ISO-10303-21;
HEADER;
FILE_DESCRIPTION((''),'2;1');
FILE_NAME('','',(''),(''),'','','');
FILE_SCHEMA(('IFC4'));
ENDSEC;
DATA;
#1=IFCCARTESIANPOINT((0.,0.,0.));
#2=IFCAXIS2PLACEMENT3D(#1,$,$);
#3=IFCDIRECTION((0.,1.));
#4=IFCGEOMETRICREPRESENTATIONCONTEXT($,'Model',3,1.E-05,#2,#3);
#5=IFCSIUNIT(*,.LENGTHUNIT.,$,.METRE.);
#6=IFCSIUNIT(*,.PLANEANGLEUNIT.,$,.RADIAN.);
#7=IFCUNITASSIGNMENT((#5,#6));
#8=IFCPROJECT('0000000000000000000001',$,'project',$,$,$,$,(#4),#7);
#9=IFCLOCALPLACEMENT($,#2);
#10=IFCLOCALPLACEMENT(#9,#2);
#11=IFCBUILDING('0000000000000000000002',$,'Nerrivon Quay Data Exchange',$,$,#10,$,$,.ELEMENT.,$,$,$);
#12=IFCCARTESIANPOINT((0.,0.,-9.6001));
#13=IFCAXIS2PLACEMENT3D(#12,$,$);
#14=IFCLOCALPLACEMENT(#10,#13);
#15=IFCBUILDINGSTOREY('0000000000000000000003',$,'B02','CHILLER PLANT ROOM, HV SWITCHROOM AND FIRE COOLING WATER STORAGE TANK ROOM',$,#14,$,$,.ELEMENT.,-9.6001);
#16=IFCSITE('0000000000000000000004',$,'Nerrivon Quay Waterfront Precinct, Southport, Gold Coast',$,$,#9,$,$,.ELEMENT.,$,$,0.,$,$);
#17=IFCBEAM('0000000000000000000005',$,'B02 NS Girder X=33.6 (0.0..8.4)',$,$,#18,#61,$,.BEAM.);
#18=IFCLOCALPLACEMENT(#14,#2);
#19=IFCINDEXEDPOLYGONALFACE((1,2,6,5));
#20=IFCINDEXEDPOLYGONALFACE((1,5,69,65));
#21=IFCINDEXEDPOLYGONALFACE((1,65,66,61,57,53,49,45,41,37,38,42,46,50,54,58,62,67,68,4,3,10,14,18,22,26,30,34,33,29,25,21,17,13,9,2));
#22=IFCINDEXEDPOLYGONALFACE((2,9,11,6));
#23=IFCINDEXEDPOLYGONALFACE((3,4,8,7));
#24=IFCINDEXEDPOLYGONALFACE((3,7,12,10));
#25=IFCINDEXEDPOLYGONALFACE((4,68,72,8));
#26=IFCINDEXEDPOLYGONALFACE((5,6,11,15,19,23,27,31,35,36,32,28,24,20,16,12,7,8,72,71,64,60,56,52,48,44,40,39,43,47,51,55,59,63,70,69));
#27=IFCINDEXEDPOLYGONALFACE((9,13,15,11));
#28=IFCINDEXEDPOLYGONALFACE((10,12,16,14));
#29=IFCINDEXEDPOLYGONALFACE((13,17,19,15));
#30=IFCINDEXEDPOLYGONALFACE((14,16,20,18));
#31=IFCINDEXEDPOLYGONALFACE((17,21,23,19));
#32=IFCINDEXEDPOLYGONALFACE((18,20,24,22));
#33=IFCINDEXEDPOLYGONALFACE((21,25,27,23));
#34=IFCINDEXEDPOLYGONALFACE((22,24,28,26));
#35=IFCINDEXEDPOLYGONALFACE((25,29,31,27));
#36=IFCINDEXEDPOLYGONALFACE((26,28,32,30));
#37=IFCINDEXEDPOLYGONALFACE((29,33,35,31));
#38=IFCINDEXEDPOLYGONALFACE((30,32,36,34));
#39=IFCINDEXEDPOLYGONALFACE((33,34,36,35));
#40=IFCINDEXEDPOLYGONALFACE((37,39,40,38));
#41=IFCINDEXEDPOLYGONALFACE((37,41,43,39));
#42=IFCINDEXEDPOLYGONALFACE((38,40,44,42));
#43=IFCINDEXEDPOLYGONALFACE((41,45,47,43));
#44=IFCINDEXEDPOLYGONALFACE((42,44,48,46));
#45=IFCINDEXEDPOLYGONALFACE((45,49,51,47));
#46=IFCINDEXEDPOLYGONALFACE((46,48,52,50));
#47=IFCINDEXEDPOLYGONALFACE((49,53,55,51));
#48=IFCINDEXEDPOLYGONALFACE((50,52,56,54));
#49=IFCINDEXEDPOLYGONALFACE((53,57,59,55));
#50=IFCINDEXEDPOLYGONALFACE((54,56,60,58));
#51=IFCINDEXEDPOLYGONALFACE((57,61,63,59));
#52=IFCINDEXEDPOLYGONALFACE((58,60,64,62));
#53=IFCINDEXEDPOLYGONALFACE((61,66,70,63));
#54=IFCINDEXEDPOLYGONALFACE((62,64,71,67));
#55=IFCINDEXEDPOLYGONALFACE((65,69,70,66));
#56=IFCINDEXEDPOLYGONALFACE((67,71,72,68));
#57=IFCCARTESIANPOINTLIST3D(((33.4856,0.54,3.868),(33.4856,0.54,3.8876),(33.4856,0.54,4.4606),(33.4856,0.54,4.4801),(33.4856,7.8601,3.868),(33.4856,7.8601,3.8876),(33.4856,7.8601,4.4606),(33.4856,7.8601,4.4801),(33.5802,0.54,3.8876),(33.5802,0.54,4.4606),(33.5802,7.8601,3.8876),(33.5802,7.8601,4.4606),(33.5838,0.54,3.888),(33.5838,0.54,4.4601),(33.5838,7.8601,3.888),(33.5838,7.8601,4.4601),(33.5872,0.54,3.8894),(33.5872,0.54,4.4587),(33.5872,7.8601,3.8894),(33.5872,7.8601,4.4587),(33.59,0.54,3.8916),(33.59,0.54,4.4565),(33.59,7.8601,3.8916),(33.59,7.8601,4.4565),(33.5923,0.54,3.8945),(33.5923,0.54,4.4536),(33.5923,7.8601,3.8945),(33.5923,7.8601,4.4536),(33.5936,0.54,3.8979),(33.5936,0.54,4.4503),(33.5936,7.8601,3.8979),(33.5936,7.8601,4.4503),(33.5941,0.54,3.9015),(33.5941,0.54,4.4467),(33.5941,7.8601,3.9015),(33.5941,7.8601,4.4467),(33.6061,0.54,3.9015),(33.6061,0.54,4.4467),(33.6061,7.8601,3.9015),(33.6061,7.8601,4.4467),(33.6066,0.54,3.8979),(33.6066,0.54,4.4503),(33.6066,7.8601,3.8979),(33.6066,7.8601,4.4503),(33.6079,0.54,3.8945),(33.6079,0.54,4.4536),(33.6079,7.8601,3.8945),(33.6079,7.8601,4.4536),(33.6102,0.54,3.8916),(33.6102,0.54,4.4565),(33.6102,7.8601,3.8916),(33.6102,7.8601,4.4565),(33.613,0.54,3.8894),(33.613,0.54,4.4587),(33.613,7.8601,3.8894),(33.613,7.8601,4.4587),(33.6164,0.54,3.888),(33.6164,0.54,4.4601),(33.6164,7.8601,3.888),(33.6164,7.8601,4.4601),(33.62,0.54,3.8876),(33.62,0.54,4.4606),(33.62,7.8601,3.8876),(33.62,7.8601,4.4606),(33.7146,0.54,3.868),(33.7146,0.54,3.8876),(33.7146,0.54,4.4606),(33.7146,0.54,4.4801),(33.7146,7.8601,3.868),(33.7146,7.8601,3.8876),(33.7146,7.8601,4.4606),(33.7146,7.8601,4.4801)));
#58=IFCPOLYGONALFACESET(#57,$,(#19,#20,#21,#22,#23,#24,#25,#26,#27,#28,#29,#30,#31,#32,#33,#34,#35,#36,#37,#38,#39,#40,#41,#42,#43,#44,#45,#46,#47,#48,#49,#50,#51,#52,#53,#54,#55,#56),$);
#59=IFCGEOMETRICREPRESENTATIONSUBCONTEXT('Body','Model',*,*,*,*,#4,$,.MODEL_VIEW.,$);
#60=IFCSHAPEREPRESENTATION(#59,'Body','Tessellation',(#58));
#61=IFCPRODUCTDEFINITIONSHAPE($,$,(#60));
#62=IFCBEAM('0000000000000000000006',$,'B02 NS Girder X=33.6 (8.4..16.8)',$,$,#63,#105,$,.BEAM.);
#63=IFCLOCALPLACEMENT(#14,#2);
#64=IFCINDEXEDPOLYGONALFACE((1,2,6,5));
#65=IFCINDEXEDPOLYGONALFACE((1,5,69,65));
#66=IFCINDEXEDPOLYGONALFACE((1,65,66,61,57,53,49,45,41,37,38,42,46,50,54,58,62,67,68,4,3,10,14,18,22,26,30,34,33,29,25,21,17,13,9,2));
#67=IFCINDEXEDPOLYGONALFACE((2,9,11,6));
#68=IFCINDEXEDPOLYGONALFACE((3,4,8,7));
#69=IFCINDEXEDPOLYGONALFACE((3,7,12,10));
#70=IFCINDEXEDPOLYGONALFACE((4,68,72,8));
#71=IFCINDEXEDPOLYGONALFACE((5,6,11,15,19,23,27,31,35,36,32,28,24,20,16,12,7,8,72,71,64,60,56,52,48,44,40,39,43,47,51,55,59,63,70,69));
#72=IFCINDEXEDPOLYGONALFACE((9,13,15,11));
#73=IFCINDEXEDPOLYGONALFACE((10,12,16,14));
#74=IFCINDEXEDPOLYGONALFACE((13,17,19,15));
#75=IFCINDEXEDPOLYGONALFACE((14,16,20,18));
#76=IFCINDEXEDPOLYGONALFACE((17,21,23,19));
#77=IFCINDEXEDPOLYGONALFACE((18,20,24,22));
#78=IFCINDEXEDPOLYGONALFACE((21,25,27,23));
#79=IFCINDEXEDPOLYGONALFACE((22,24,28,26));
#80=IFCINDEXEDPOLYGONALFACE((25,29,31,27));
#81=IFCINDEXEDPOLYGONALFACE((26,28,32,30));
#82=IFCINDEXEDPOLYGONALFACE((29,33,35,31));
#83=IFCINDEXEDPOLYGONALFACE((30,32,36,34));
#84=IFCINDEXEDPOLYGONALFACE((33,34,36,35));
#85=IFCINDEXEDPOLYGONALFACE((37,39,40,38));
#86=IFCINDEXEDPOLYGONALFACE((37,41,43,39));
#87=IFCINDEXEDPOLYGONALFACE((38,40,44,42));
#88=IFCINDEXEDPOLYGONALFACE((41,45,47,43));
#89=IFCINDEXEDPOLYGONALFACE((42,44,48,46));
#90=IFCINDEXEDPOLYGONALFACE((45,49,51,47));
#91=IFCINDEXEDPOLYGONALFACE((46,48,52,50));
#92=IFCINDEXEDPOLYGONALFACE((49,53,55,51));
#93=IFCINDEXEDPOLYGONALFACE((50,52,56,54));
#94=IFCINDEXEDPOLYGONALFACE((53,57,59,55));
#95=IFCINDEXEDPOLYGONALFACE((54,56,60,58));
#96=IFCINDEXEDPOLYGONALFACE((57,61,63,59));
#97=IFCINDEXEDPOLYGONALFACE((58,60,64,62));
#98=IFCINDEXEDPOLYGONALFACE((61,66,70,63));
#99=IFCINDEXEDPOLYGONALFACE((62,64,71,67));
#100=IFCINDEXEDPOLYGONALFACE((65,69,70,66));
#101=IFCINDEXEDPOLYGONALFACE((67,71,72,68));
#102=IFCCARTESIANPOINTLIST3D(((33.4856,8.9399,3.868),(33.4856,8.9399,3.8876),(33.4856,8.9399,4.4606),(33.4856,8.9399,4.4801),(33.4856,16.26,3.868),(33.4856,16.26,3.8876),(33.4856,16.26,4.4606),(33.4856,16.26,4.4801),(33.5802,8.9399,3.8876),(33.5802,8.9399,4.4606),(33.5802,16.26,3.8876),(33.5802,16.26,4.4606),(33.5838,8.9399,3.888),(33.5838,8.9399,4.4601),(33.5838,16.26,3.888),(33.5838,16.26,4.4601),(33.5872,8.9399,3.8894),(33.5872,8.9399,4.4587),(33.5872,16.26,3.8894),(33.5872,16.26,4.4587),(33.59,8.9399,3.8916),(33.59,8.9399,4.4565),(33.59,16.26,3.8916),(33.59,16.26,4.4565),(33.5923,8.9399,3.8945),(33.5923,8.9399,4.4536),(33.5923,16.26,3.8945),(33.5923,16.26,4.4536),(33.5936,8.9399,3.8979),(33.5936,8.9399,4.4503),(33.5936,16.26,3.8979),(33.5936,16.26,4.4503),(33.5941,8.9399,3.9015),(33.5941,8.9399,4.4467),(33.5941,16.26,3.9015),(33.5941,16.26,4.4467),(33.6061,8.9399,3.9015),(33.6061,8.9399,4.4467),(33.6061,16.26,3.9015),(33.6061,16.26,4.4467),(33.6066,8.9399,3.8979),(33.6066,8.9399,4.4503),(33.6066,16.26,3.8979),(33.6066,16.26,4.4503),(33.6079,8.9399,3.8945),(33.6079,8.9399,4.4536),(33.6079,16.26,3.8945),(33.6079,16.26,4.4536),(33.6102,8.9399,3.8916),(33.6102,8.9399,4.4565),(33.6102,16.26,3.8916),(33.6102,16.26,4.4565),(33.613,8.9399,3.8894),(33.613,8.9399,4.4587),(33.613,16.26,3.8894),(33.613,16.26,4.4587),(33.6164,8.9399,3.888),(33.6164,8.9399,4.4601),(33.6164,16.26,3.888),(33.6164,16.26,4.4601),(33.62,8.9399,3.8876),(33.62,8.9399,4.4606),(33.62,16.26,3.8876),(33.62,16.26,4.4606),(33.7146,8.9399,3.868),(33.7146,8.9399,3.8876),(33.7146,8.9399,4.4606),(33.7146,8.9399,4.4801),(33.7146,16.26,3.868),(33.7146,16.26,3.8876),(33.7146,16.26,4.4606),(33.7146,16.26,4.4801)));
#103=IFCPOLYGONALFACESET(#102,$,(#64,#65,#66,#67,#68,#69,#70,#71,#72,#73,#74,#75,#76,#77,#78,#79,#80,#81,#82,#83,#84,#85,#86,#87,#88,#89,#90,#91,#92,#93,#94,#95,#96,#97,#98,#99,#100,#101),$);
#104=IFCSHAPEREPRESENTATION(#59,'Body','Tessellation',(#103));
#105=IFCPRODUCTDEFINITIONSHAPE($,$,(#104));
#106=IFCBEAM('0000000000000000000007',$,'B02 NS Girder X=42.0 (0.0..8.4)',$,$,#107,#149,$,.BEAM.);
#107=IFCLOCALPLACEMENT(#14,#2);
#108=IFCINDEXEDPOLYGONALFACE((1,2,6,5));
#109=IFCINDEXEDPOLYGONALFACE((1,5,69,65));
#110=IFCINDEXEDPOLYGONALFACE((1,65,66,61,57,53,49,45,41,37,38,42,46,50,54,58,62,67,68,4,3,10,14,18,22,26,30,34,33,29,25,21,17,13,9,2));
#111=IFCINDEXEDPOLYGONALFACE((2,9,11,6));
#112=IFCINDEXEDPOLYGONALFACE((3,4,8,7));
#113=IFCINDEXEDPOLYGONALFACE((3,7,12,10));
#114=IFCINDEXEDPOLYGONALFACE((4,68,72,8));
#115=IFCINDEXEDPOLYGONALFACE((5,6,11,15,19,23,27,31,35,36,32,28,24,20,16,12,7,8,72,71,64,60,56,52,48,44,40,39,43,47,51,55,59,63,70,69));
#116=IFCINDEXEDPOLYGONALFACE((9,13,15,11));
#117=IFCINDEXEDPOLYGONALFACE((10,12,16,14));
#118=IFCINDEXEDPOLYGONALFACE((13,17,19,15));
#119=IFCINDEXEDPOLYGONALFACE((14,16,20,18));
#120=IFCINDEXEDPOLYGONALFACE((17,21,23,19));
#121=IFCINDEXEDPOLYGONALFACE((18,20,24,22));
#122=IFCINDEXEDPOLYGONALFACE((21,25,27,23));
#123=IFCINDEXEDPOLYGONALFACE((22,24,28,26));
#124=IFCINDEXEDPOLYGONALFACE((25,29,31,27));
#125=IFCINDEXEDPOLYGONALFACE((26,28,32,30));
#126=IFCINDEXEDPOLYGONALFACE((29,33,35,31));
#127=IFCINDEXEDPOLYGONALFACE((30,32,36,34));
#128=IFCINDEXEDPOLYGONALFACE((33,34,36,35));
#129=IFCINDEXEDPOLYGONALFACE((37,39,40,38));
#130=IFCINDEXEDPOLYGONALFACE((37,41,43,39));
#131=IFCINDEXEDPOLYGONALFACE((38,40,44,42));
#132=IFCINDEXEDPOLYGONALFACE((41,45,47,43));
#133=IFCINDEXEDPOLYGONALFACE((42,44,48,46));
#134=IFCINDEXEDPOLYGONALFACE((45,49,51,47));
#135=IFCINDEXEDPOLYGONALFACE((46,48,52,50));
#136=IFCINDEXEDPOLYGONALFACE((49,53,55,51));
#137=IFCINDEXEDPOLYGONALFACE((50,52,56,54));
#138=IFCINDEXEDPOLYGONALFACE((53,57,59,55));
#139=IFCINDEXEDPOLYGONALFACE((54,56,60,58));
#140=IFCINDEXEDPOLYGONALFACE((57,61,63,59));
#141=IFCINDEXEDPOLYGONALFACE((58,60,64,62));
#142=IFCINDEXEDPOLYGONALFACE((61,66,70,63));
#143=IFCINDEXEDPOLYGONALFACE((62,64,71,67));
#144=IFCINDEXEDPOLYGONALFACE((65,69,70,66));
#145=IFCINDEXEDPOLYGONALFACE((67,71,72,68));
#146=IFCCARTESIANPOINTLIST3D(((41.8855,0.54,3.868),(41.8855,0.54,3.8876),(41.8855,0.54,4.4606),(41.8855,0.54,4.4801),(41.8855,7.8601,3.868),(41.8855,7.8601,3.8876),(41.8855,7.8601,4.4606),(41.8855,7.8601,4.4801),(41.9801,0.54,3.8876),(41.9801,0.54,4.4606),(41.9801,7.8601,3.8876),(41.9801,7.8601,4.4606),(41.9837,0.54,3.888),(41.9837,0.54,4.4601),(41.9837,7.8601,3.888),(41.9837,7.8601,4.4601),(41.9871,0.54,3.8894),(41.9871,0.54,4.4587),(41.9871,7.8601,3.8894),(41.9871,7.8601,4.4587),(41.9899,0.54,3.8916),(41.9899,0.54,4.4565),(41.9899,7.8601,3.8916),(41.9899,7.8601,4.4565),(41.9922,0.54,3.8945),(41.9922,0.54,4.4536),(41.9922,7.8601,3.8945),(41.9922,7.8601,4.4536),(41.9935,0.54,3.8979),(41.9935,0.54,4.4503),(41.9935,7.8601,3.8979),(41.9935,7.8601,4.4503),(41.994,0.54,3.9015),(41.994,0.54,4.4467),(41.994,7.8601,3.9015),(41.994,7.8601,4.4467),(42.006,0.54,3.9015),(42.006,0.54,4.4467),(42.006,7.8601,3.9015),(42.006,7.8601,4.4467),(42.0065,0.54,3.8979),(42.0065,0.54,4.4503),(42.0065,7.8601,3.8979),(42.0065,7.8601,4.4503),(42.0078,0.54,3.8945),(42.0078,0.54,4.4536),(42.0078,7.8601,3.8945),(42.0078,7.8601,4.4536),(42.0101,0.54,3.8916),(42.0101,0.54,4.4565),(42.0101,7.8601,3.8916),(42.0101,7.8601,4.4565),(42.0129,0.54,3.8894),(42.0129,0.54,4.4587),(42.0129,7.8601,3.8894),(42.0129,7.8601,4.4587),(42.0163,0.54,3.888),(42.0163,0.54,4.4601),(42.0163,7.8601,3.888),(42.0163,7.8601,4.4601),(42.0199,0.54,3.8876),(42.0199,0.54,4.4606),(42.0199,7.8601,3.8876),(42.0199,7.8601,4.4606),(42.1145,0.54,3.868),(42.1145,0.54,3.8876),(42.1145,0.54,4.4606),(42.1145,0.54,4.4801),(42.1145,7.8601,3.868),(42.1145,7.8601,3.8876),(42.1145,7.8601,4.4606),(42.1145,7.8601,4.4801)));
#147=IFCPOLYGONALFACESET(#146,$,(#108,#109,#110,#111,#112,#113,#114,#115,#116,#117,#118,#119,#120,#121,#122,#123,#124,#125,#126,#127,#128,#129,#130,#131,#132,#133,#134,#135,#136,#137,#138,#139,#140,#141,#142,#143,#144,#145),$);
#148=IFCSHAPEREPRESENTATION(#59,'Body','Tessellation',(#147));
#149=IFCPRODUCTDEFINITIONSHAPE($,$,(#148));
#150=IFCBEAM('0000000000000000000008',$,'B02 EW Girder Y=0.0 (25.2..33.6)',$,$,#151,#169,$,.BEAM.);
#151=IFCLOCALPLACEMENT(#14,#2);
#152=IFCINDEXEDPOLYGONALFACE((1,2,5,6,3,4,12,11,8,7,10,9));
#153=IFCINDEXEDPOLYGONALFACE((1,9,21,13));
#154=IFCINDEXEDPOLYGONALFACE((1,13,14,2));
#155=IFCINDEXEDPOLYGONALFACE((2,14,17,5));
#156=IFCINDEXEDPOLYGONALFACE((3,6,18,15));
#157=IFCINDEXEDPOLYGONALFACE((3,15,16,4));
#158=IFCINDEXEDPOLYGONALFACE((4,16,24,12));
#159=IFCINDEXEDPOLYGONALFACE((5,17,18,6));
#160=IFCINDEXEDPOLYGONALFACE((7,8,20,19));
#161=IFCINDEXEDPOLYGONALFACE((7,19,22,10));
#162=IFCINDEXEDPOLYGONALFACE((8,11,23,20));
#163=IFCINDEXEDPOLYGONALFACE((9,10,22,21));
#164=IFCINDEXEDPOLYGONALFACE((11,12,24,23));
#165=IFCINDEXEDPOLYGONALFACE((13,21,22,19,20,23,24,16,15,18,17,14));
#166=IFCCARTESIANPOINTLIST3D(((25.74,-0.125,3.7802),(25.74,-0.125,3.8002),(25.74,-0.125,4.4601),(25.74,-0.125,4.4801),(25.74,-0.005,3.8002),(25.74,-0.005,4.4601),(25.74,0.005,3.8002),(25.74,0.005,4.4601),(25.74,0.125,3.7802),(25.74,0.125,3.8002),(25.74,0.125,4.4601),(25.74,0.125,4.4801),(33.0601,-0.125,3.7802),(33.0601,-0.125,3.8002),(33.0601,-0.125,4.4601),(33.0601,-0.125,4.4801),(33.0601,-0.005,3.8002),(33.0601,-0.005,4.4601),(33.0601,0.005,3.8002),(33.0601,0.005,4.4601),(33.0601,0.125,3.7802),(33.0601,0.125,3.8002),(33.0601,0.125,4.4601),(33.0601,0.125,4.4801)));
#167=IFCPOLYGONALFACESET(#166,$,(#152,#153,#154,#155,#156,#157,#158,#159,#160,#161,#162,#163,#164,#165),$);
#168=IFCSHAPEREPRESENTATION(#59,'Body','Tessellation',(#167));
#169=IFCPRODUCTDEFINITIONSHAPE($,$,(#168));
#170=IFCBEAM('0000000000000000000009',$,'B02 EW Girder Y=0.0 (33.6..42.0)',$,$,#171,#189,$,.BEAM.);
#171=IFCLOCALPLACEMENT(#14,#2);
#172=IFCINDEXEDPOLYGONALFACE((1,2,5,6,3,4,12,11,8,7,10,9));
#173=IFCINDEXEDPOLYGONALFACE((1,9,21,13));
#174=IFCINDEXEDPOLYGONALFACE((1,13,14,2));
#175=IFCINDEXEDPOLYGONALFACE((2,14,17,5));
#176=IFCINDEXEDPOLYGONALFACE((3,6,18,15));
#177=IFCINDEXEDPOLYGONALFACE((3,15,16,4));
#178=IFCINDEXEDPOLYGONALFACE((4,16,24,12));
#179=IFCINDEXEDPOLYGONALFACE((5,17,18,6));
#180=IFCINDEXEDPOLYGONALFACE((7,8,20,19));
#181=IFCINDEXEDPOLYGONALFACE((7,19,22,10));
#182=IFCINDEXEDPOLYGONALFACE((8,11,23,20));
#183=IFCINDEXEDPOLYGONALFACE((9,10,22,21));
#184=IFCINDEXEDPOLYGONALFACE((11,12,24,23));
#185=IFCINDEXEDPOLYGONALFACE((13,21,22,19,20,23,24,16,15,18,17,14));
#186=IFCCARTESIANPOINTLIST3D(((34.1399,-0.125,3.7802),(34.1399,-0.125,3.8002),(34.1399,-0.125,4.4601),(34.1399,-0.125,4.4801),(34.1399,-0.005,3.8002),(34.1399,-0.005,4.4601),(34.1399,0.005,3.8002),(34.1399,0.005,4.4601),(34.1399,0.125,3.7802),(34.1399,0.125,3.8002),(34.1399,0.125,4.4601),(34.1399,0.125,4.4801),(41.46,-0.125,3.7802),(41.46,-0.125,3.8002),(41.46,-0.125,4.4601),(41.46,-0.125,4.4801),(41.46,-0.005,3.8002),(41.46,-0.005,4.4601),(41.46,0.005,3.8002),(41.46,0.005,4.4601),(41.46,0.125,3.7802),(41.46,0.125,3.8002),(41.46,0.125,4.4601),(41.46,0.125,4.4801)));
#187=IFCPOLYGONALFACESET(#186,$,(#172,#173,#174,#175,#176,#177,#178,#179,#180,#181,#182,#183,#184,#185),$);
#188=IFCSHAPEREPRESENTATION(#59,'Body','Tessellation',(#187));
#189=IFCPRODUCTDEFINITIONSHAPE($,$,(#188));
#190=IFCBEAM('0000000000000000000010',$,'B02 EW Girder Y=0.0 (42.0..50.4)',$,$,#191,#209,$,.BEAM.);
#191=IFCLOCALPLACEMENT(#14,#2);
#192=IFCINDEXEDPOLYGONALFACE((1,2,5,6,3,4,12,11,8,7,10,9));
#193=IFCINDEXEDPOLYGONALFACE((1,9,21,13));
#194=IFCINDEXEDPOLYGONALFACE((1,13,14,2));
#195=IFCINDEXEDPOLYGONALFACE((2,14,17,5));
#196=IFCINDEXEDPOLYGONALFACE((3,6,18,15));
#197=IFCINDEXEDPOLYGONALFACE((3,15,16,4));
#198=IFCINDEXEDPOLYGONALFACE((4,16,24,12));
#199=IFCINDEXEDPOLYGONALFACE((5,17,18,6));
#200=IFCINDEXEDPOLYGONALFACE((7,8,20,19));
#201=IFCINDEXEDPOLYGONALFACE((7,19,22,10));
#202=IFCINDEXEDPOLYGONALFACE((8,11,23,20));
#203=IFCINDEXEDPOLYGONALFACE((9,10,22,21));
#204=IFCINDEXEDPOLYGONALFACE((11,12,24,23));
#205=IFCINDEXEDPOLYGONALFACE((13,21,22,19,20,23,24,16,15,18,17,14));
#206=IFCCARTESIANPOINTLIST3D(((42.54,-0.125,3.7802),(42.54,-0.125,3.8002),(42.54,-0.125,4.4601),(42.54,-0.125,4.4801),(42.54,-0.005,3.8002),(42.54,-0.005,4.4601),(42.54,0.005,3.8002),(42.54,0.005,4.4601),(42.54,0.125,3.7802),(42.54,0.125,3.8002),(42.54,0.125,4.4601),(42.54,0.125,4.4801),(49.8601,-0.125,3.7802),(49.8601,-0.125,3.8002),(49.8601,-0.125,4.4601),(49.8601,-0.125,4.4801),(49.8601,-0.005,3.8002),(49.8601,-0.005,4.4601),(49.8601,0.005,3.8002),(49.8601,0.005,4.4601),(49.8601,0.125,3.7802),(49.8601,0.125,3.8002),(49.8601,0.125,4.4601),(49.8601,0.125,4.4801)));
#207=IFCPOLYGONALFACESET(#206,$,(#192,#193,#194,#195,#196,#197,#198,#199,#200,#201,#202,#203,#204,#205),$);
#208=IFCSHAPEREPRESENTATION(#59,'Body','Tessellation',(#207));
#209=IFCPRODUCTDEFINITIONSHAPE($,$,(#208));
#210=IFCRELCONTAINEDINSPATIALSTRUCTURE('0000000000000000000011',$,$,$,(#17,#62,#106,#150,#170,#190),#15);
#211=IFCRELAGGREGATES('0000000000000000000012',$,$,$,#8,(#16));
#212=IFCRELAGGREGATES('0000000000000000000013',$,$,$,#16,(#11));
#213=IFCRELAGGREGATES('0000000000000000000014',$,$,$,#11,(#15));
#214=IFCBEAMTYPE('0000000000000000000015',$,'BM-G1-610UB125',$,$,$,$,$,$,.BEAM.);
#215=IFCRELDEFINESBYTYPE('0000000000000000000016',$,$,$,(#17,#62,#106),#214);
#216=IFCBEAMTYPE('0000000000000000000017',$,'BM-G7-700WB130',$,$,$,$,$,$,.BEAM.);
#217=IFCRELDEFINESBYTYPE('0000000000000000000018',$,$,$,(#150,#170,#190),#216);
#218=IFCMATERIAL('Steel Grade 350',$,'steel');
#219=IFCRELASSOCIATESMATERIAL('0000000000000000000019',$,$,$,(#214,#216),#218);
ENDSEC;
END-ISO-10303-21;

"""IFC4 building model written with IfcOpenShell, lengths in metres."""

from ifc_helpers import new_model, si_unit, direction, frame, origin, origin_2d, place, context, subcontext, project, spatial, i_section, extrude, material, material_profile, profile_set, type_object, element, save


model = new_model("IFC4")

# Units and contexts
model_context = context("Model", 3, precision=1e-05, world=origin(), true_north=direction((0.0, 1.0)))
body_context = subcontext(model_context, "Body", "Model", "MODEL_VIEW")
ifc_project = project(units=[si_unit("LENGTHUNIT", "METRE"), si_unit("PLANEANGLEUNIT", "RADIAN")], contexts=[model_context])

# Site, building, storey
site_placement = place(None, origin())
site = spatial("IfcSite", under=ifc_project, at=site_placement, Name="Nerrivon Quay Waterfront Precinct, Southport, Gold Coast", CompositionType="ELEMENT", RefElevation=0.0)
building_placement = place(site_placement, origin())
building = spatial("IfcBuilding", under=site, at=building_placement, Name="Nerrivon Quay Data Exchange", CompositionType="ELEMENT")
storey_placement = place(building_placement, frame((0.0, 0.0, -9.6001)))
storey = spatial("IfcBuildingStorey", under=building, at=storey_placement, Name="B02", Description="CHILLER PLANT ROOM, HV SWITCHROOM AND FIRE COOLING WATER STORAGE TANK ROOM", CompositionType="ELEMENT", Elevation=-9.6001)

# Beams
ifc_material_1 = material(Name="Steel Grade 350", Category="steel")
ifc_material_profile_1 = material_profile(ifc_material_1, i_section(OverallWidth=0.229, OverallDepth=0.6121, WebThickness=0.012, FlangeThickness=0.0195, FilletRadius=0.0139, at=origin_2d()), Name="610UB125")
ifc_profile_set_1 = profile_set([ifc_material_profile_1], Name="Steel Grade 350")
beam_type_1 = type_object("IfcBeamType", Name="BM-G1-610UB125", PredefinedType="BEAM", material=ifc_profile_set_1)
for number, where, z_axis, x_axis, name in (
    (1, (33.6001, 0.54, 4.1741), (0.0, 1.0, 0.0), (-1.0, 0.0, 0.0), "B02 NS Girder X=33.6 (0.0..8.4)"),
    (2, (33.6001, 8.9399, 4.1741), (0.0, 1.0, 0.0), (-1.0, 0.0, 0.0), "B02 NS Girder X=33.6 (8.4..16.8)"),
    (3, (42.0, 0.54, 4.1741), (0.0, 1.0, 0.0), (-1.0, 0.0, 0.0), "B02 NS Girder X=42.0 (0.0..8.4)"),
):
    element("IfcBeam", number, at=place(storey_placement, frame(where, z_axis=z_axis, x_axis=x_axis)), inside=storey, type_object=beam_type_1, Name=name, PredefinedType="BEAM", context=body_context, shape_type="SweptSolid", body=[
        extrude(i_section(OverallWidth=0.229, OverallDepth=0.6121, WebThickness=0.012, FlangeThickness=0.0195, FilletRadius=0.0139, at=origin_2d()), origin(), (0.0, 0.0, 1.0), 7.3201),
    ])
ifc_material_profile_2 = material_profile(ifc_material_1, i_section(OverallWidth=0.25, OverallDepth=0.7, WebThickness=0.01, FlangeThickness=0.02, at=origin_2d()), Name="700WB130")
ifc_profile_set_2 = profile_set([ifc_material_profile_2], Name="Steel Grade 350")
beam_type_2 = type_object("IfcBeamType", Name="BM-G7-700WB130", PredefinedType="BEAM", material=ifc_profile_set_2)
for number, where, z_axis, x_axis, name in (
    (4, (25.74, 0.0, 4.1301), (1.0, 0.0, 0.0), (0.0, 1.0, 0.0), "B02 EW Girder Y=0.0 (25.2..33.6)"),
    (5, (34.1399, 0.0, 4.1301), (1.0, 0.0, 0.0), (0.0, 1.0, 0.0), "B02 EW Girder Y=0.0 (33.6..42.0)"),
    (6, (42.54, 0.0, 4.1301), (1.0, 0.0, 0.0), (0.0, 1.0, 0.0), "B02 EW Girder Y=0.0 (42.0..50.4)"),
):
    element("IfcBeam", number, at=place(storey_placement, frame(where, z_axis=z_axis, x_axis=x_axis)), inside=storey, type_object=beam_type_2, Name=name, PredefinedType="BEAM", context=body_context, shape_type="SweptSolid", body=[
        extrude(i_section(OverallWidth=0.25, OverallDepth=0.7, WebThickness=0.01, FlangeThickness=0.02, at=origin_2d()), origin(), (0.0, 0.0, 1.0), 7.3201),
    ])

save(model, "model.ifc")
